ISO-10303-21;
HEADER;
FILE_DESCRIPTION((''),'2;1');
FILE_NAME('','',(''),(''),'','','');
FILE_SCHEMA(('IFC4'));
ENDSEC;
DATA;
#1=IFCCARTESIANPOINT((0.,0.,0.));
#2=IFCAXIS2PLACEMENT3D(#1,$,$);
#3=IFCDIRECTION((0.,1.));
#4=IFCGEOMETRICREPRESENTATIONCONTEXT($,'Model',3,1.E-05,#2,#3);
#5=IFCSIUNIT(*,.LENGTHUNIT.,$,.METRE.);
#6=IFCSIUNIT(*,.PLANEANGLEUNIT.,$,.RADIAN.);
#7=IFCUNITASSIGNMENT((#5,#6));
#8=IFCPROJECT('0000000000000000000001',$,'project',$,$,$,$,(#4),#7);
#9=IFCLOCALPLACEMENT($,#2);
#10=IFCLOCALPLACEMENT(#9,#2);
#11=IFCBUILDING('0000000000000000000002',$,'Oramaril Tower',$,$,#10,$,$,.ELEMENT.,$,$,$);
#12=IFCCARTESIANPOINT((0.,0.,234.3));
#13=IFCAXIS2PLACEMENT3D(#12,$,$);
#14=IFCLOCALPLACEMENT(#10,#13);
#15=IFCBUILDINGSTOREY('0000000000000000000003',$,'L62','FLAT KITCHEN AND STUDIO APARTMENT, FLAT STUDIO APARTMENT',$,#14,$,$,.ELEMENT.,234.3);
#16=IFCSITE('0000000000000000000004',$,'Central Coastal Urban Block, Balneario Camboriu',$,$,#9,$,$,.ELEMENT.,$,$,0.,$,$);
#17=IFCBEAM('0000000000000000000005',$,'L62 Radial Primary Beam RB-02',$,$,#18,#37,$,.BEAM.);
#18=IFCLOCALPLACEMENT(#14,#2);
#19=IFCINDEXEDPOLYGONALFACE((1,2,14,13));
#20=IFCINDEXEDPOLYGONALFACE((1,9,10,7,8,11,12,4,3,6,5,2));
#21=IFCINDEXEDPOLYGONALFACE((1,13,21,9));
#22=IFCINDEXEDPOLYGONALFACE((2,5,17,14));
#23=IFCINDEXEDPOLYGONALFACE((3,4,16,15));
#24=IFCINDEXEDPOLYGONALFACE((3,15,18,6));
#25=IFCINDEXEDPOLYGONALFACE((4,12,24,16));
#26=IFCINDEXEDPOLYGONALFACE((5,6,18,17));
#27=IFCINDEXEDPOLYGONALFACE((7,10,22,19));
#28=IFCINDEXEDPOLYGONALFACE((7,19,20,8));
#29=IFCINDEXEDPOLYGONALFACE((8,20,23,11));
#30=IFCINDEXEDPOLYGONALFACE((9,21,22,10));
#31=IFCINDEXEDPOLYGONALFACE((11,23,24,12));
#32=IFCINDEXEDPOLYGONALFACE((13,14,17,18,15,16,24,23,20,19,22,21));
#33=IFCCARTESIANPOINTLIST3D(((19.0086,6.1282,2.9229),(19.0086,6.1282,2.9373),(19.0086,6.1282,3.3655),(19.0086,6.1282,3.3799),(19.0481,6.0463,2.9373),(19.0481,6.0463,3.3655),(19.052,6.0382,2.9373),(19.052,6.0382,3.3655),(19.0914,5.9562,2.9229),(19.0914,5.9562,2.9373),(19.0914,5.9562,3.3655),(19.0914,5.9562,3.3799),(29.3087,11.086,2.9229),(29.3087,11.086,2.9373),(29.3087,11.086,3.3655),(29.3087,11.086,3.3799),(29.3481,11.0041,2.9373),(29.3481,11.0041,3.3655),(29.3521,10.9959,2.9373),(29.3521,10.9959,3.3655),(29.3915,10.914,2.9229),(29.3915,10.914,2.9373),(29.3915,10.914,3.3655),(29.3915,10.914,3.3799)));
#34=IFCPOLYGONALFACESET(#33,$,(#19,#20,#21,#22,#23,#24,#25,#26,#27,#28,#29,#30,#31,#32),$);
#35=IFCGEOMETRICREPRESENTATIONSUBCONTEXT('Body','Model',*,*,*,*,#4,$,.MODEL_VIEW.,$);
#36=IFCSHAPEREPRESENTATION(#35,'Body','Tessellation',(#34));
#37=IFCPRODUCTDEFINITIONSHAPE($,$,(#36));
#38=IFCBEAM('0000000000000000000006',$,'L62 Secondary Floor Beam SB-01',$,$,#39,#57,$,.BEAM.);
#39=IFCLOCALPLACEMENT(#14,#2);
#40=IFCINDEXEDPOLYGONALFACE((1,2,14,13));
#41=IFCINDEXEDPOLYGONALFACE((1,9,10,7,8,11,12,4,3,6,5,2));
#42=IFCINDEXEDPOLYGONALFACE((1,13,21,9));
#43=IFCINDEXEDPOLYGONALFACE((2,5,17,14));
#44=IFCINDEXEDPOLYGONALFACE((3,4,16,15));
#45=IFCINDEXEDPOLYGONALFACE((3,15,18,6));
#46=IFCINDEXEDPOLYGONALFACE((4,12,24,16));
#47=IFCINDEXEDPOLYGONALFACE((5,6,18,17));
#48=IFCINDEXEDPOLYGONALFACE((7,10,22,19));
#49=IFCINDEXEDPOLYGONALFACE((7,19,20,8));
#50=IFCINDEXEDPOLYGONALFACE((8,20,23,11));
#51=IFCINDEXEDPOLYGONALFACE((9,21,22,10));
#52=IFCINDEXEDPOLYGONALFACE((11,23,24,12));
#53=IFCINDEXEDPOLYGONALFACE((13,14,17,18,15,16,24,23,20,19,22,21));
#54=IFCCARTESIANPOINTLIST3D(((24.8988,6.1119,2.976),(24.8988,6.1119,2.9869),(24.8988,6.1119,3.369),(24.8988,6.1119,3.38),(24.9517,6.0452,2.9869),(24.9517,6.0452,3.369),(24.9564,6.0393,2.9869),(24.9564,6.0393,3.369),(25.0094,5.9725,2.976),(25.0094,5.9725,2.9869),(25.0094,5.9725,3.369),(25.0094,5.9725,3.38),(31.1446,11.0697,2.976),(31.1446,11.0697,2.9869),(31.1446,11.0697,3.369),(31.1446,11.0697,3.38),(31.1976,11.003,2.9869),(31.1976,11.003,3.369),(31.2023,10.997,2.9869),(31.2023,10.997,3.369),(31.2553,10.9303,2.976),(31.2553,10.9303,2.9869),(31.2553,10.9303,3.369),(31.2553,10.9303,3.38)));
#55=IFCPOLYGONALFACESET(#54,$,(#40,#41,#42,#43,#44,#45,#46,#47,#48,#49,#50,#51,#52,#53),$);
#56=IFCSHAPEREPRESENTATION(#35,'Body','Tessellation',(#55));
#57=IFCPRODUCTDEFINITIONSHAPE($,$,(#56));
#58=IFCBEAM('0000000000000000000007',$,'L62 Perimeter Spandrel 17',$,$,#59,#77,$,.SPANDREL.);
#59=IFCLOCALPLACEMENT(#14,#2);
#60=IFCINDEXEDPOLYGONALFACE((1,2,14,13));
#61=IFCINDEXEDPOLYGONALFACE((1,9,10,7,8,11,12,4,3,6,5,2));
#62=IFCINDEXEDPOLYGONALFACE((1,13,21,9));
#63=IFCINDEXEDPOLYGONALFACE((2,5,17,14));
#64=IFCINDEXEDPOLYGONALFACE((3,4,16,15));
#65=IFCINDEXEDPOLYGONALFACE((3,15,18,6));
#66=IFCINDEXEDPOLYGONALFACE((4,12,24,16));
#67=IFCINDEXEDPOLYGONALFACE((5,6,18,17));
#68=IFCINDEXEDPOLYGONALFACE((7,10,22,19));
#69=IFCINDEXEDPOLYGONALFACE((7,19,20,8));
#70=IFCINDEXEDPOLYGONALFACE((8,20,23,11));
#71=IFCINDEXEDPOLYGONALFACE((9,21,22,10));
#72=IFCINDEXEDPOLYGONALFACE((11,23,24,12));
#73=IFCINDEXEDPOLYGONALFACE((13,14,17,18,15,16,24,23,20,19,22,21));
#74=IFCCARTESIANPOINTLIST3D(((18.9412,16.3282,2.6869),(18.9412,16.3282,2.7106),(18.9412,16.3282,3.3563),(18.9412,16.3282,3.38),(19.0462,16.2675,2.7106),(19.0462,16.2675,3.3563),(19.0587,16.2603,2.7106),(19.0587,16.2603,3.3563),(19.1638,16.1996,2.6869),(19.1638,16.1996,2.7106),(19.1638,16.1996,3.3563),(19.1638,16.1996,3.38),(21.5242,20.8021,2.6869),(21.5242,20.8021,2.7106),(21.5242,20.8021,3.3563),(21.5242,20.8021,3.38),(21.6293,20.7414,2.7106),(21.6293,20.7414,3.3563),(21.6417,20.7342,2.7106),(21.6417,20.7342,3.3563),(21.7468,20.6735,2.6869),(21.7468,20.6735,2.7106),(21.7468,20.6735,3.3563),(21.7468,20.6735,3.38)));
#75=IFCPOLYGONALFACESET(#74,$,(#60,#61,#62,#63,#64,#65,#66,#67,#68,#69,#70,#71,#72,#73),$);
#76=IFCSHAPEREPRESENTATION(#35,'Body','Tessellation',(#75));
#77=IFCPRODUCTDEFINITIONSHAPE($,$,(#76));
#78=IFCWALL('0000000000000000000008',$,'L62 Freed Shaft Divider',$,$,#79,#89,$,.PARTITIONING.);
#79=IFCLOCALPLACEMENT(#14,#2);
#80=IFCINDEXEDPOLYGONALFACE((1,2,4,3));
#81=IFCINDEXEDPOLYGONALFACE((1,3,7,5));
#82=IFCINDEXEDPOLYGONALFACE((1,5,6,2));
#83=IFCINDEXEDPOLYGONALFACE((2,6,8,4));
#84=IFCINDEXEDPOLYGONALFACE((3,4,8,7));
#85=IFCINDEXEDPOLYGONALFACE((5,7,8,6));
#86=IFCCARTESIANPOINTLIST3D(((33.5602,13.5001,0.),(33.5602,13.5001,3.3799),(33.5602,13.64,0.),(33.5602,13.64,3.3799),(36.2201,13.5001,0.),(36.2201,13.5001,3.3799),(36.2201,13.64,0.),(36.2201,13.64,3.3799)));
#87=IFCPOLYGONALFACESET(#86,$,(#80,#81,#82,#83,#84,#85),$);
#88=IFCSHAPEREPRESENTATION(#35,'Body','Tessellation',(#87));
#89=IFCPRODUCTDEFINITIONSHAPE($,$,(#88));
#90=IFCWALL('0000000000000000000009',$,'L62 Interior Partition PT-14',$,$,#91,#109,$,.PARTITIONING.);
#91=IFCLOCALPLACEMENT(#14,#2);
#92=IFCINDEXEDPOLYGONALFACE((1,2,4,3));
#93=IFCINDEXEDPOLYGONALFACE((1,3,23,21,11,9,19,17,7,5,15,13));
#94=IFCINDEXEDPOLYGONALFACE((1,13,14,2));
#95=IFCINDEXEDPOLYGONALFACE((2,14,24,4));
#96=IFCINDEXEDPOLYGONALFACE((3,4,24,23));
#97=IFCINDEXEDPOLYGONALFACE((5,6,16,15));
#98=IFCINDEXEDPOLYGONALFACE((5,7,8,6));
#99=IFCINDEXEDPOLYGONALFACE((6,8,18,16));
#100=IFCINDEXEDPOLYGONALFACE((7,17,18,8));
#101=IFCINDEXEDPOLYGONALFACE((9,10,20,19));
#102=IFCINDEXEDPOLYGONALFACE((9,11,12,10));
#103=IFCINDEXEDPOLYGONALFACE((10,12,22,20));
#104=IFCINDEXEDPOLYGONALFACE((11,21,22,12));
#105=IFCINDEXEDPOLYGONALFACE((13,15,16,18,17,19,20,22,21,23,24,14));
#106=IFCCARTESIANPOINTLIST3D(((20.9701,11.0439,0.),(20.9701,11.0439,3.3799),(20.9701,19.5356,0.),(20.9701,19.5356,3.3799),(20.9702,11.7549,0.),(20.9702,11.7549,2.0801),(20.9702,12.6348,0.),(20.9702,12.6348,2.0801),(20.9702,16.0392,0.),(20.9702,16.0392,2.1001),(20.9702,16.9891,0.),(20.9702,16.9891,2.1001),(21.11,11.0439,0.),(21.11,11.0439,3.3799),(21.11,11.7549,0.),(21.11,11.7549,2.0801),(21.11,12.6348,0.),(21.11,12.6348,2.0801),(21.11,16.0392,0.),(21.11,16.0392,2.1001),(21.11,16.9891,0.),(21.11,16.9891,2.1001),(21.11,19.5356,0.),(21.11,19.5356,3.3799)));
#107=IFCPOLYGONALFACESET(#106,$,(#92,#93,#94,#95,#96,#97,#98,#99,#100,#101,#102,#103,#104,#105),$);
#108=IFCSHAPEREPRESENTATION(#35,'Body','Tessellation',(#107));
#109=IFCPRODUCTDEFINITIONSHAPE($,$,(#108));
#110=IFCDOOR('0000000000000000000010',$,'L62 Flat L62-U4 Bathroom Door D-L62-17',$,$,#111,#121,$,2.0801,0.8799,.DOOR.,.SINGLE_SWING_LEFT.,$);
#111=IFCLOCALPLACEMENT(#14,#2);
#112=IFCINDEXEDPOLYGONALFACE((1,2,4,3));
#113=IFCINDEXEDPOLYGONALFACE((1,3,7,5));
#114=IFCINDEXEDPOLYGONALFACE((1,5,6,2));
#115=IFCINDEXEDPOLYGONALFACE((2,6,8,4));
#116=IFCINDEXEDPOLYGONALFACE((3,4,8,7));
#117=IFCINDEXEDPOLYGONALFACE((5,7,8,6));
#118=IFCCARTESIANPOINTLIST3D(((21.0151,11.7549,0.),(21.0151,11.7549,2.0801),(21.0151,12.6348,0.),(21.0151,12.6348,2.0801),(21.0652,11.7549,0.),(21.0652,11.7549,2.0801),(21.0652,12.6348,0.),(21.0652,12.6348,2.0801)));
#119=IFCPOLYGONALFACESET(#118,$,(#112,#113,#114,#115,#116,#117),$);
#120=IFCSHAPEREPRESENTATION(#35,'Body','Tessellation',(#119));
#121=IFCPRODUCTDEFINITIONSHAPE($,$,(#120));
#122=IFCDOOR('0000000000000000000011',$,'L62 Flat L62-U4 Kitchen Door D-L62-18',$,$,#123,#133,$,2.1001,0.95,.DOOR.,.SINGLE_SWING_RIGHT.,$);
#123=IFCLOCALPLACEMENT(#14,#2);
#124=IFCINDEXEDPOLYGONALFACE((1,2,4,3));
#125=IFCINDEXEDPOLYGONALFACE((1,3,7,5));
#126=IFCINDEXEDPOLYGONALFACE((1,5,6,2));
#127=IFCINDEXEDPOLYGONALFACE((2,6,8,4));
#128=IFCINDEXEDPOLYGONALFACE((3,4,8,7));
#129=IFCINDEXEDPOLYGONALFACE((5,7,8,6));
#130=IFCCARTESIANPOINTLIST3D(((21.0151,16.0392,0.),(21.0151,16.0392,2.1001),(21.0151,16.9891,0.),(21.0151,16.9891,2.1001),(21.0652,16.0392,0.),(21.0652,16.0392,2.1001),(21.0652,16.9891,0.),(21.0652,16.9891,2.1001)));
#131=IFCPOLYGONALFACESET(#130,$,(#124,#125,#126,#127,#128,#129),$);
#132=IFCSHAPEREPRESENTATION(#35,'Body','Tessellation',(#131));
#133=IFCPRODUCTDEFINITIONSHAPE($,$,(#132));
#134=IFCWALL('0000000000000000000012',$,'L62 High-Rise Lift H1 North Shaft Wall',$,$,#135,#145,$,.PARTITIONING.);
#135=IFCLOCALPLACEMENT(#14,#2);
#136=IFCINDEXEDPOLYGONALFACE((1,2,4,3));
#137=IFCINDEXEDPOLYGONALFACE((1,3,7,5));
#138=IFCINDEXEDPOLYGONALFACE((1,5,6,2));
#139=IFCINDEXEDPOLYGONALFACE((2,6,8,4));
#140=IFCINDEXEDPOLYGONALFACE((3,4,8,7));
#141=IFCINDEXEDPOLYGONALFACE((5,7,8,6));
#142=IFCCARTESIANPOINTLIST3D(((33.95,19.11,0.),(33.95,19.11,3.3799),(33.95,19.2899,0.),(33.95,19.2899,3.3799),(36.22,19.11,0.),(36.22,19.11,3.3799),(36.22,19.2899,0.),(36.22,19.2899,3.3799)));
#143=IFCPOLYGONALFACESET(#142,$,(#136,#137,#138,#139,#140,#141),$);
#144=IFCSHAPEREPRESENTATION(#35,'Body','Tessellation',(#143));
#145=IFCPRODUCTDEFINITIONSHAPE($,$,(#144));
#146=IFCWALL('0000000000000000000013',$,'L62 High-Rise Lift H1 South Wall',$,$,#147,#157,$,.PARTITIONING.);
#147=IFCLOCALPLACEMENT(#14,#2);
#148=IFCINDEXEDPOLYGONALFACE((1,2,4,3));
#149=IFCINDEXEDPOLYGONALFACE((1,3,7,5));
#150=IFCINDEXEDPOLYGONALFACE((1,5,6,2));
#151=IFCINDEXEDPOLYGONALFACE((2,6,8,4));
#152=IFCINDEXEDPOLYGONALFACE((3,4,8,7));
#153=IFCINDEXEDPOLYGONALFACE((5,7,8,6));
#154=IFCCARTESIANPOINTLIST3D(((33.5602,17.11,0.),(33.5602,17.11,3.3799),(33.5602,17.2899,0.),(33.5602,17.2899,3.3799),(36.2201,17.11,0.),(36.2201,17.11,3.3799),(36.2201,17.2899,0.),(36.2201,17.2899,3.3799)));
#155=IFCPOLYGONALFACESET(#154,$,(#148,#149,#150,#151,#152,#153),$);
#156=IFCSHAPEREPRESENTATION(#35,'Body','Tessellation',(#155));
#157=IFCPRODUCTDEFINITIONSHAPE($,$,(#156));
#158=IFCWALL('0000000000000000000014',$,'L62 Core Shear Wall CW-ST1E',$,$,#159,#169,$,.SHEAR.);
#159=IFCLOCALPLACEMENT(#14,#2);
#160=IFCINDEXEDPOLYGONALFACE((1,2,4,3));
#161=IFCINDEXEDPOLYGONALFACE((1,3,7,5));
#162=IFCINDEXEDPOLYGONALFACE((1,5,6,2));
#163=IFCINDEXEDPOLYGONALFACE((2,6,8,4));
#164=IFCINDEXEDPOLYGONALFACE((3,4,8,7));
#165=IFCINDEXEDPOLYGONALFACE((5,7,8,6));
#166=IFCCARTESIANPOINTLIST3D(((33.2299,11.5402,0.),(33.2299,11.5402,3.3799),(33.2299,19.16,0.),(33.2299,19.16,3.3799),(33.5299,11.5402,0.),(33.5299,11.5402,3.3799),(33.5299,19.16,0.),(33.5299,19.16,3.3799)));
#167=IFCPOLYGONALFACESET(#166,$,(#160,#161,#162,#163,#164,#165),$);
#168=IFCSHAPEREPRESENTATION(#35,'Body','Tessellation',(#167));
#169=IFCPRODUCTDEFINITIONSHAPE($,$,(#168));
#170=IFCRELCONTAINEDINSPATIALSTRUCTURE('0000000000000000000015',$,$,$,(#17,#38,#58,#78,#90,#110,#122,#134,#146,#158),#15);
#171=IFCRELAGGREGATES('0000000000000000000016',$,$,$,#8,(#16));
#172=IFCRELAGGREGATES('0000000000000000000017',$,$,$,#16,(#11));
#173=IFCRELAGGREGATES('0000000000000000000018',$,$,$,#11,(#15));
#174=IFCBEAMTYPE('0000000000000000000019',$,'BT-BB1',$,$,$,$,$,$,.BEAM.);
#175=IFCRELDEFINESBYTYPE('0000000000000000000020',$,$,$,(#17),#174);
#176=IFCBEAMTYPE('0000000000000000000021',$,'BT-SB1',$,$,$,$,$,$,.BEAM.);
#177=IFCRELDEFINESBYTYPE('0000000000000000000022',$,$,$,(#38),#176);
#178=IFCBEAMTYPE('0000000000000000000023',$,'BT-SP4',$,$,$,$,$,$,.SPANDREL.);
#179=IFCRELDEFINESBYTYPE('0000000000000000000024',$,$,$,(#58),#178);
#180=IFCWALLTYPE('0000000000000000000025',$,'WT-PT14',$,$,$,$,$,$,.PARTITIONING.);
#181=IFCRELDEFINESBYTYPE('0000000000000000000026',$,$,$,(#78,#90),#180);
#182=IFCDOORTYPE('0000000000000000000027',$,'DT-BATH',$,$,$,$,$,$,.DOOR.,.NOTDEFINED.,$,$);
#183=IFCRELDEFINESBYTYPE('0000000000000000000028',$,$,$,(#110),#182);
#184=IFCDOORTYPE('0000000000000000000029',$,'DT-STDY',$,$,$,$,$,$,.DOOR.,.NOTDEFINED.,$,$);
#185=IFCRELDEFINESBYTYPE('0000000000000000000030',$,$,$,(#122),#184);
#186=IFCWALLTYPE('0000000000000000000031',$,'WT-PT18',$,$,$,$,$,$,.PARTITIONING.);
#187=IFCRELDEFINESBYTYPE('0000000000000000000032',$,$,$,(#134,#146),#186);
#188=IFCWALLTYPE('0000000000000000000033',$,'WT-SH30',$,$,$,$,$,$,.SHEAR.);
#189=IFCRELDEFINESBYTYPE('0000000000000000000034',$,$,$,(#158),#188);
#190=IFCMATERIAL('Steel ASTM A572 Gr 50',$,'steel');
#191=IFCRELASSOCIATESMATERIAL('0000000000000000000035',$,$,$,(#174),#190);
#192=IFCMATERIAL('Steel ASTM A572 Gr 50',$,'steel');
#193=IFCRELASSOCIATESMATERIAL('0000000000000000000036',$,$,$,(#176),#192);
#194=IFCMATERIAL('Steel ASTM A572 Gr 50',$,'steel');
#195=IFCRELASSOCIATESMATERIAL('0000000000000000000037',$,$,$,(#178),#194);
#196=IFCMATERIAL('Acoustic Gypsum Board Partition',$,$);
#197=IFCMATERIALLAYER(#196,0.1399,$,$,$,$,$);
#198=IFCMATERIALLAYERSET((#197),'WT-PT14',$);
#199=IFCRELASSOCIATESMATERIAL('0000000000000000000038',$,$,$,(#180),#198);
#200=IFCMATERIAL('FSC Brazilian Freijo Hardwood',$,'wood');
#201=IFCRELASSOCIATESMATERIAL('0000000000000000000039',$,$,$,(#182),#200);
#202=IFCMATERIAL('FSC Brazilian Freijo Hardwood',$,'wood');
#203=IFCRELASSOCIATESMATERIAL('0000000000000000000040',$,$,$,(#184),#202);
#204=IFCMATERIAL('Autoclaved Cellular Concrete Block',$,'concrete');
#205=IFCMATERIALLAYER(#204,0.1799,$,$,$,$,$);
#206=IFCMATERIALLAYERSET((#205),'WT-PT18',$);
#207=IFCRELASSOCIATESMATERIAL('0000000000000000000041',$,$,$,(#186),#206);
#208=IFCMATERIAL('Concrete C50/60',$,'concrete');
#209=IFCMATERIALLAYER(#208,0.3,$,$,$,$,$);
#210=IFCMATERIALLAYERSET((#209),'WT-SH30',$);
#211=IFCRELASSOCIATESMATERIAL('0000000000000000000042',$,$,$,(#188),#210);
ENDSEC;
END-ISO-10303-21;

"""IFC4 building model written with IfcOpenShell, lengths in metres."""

from ifc_helpers import new_model, si_unit, direction, frame, frame_2d, origin, origin_2d, place, context, subcontext, project, spatial, rectangle, i_section, extrude, material, layer, layer_set, material_profile, profile_set, type_object, element, fill, save


model = new_model("IFC4")

# Units and contexts
model_context = context("Model", 3, precision=1e-05, world=origin(), true_north=direction((0.0, 1.0)))
body_context = subcontext(model_context, "Body", "Model", "MODEL_VIEW")
ifc_project = project(units=[si_unit("LENGTHUNIT", "METRE"), si_unit("PLANEANGLEUNIT", "RADIAN")], contexts=[model_context])

# Site, building, storey
site_placement = place(None, origin())
site = spatial("IfcSite", under=ifc_project, at=site_placement, Name="Central Coastal Urban Block, Balneario Camboriu", CompositionType="ELEMENT", RefElevation=0.0)
building_placement = place(site_placement, origin())
building = spatial("IfcBuilding", under=site, at=building_placement, Name="Oramaril Tower", CompositionType="ELEMENT")
storey_placement = place(building_placement, frame((0.0, 0.0, 234.3)))
storey = spatial("IfcBuildingStorey", under=building, at=storey_placement, Name="L62", Description="FLAT KITCHEN AND STUDIO APARTMENT, FLAT STUDIO APARTMENT", CompositionType="ELEMENT", Elevation=234.3)

# Beams
ifc_material_1 = material(Name="Steel ASTM A572 Gr 50", Category="steel")
ifc_material_profile_1 = material_profile(ifc_material_1, i_section(OverallWidth=0.1909, OverallDepth=0.457, WebThickness=0.009, FlangeThickness=0.0144, at=origin_2d()), Name="W18X50")
ifc_profile_set_1 = profile_set([ifc_material_profile_1], Name="Steel ASTM A572 Gr 50")
beam_type_1 = type_object("IfcBeamType", Name="BT-BB1", PredefinedType="BEAM", material=ifc_profile_set_1)
beam_1_placement = place(storey_placement, frame((29.3501, 11.0, 3.1514), z_axis=(-0.901054, -0.433708, 0.0), x_axis=(0.433708, -0.901054, 0.0)))
element("IfcBeam", 1, at=beam_1_placement, inside=storey, type_object=beam_type_1, Name="L62 Radial Primary Beam RB-02", PredefinedType="BEAM", context=body_context, shape_type="SweptSolid", body=[
    extrude(i_section(OverallWidth=0.1909, OverallDepth=0.457, WebThickness=0.009, FlangeThickness=0.0144, at=origin_2d()), origin(), (0.0, 0.0, 1.0), 11.4312),
])
ifc_material_2 = material(Name="Steel ASTM A572 Gr 50", Category="steel")
ifc_material_profile_2 = material_profile(ifc_material_2, i_section(OverallWidth=0.178, OverallDepth=0.4041, WebThickness=0.0076, FlangeThickness=0.011, at=origin_2d()), Name="W16X36")
ifc_profile_set_2 = profile_set([ifc_material_profile_2], Name="Steel ASTM A572 Gr 50")
beam_type_2 = type_object("IfcBeamType", Name="BT-SB1", PredefinedType="BEAM", material=ifc_profile_set_2)
beam_2_placement = place(storey_placement, frame((31.2, 11.0, 3.178), z_axis=(-0.783244, -0.621715, 0.0), x_axis=(0.621715, -0.783244, 0.0)))
element("IfcBeam", 2, at=beam_2_placement, inside=storey, type_object=beam_type_2, Name="L62 Secondary Floor Beam SB-01", PredefinedType="BEAM", context=body_context, shape_type="SweptSolid", body=[
    extrude(i_section(OverallWidth=0.178, OverallDepth=0.4041, WebThickness=0.0076, FlangeThickness=0.011, at=origin_2d()), origin(), (0.0, 0.0, 1.0), 7.9744),
])
ifc_material_3 = material(Name="Steel ASTM A572 Gr 50", Category="steel")
ifc_material_profile_3 = material_profile(ifc_material_3, i_section(OverallWidth=0.2571, OverallDepth=0.6931, WebThickness=0.0144, FlangeThickness=0.0237, at=origin_2d()), Name="W27X114")
ifc_profile_set_3 = profile_set([ifc_material_profile_3], Name="Steel ASTM A572 Gr 50")
beam_type_3 = type_object("IfcBeamType", Name="BT-SP4", PredefinedType="SPANDREL", material=ifc_profile_set_3)
beam_3_placement = place(storey_placement, frame((21.6355, 20.7378, 3.0334), z_axis=(-0.500002, -0.866024, 0.0), x_axis=(0.866024, -0.500002, 0.0)))
element("IfcBeam", 3, at=beam_3_placement, inside=storey, type_object=beam_type_3, Name="L62 Perimeter Spandrel 17", PredefinedType="SPANDREL", context=body_context, shape_type="SweptSolid", body=[
    extrude(i_section(OverallWidth=0.2571, OverallDepth=0.6931, WebThickness=0.0144, FlangeThickness=0.0237, at=origin_2d()), origin(), (0.0, 0.0, 1.0), 5.166),
])

# Wall
ifc_material_4 = material(Name="Acoustic Gypsum Board Partition")
ifc_layer_1 = layer(ifc_material_4, 0.1399)
ifc_layer_set_1 = layer_set([ifc_layer_1], Name="WT-PT14")
wall_type_1 = type_object("IfcWallType", Name="WT-PT14", PredefinedType="PARTITIONING", material=ifc_layer_set_1)
wall_1_placement = place(storey_placement, frame((33.5601, 13.5701, 0.0), z_axis=(0.0, 0.0, 1.0), x_axis=(1.0, 0.0, 0.0)))
element("IfcWall", 4, at=wall_1_placement, inside=storey, type_object=wall_type_1, Name="L62 Freed Shaft Divider", PredefinedType="PARTITIONING", context=body_context, shape_type="SweptSolid", body=[
    extrude(rectangle(XDim=2.6599, YDim=0.1399, at=frame_2d((1.3301, 0.0))), origin(), (0.0, 0.0, 1.0), 3.3799),
])

# Wall, openings, doors
wall_2_placement = place(storey_placement, frame((21.04, 11.0439, 0.0), z_axis=(0.0, 0.0, 1.0), x_axis=(0.0, 1.0, 0.0)))
wall_2 = element("IfcWall", 5, at=wall_2_placement, inside=storey, type_object=wall_type_1, Name="L62 Interior Partition PT-14", PredefinedType="PARTITIONING", context=body_context, shape_type="SweptSolid", body=[
    extrude(rectangle(XDim=8.4917, YDim=0.1399, at=frame_2d((4.2458, 0.0))), origin(), (0.0, 0.0, 1.0), 3.3799),
])
opening_1_placement = place(wall_2_placement, frame((0.7109, 0.0, 0.0)))
opening_1 = element("IfcOpeningElement", 6, at=opening_1_placement, cuts=wall_2, PredefinedType="OPENING", context=body_context, shape_type="SweptSolid", body=[
    extrude(rectangle(XDim=0.8799, YDim=2.0801, at=frame_2d((0.4399, 1.04))), frame((0.0, 0.0698, 0.0), z_axis=(0.0, -1.0, 0.0), x_axis=(1.0, 0.0, 0.0)), (0.0, 0.0, 1.0), 0.1399),
])
opening_2_placement = place(wall_2_placement, frame((4.9951, 0.0, 0.0)))
opening_2 = element("IfcOpeningElement", 7, at=opening_2_placement, cuts=wall_2, PredefinedType="OPENING", context=body_context, shape_type="SweptSolid", body=[
    extrude(rectangle(XDim=0.95, YDim=2.1001, at=frame_2d((0.4751, 1.05))), frame((0.0, 0.0698, 0.0), z_axis=(0.0, -1.0, 0.0), x_axis=(1.0, 0.0, 0.0)), (0.0, 0.0, 1.0), 0.1399),
])
ifc_material_5 = material(Name="FSC Brazilian Freijo Hardwood", Category="wood")
door_type_1 = type_object("IfcDoorType", Name="DT-BATH", OperationType="NOTDEFINED", PredefinedType="DOOR", material=ifc_material_5)
door_1_placement = place(opening_1_placement, origin())
door_1 = element("IfcDoor", 8, at=door_1_placement, inside=storey, type_object=door_type_1, Name="L62 Flat L62-U4 Bathroom Door D-L62-17", OperationType="SINGLE_SWING_LEFT", OverallHeight=2.0801, OverallWidth=0.8799, PredefinedType="DOOR", context=body_context, shape_type="SweptSolid", body=[
    extrude(rectangle(XDim=0.8799, YDim=2.0801, at=frame_2d((0.4399, 1.04))), frame((0.0, 0.0249, 0.0), z_axis=(0.0, -1.0, 0.0), x_axis=(1.0, 0.0, 0.0)), (0.0, 0.0, 1.0), 0.05),
])
fill(opening_1, door_1)
ifc_material_6 = material(Name="FSC Brazilian Freijo Hardwood", Category="wood")
door_type_2 = type_object("IfcDoorType", Name="DT-STDY", OperationType="NOTDEFINED", PredefinedType="DOOR", material=ifc_material_6)
door_2_placement = place(opening_2_placement, origin())
door_2 = element("IfcDoor", 9, at=door_2_placement, inside=storey, type_object=door_type_2, Name="L62 Flat L62-U4 Kitchen Door D-L62-18", OperationType="SINGLE_SWING_RIGHT", OverallHeight=2.1001, OverallWidth=0.95, PredefinedType="DOOR", context=body_context, shape_type="SweptSolid", body=[
    extrude(rectangle(XDim=0.95, YDim=2.1001, at=frame_2d((0.4751, 1.05))), frame((0.0, 0.0249, 0.0), z_axis=(0.0, -1.0, 0.0), x_axis=(1.0, 0.0, 0.0)), (0.0, 0.0, 1.0), 0.05),
])
fill(opening_2, door_2)

# Walls
ifc_material_7 = material(Name="Autoclaved Cellular Concrete Block", Category="concrete")
ifc_layer_2 = layer(ifc_material_7, 0.1799)
ifc_layer_set_2 = layer_set([ifc_layer_2], Name="WT-PT18")
wall_type_2 = type_object("IfcWallType", Name="WT-PT18", PredefinedType="PARTITIONING", material=ifc_layer_set_2)
wall_3_placement = place(storey_placement, frame((33.95, 19.2, 0.0), z_axis=(0.0, 0.0, 1.0), x_axis=(1.0, 0.0, 0.0)))
element("IfcWall", 10, at=wall_3_placement, inside=storey, type_object=wall_type_2, Name="L62 High-Rise Lift H1 North Shaft Wall", PredefinedType="PARTITIONING", context=body_context, shape_type="SweptSolid", body=[
    extrude(rectangle(XDim=2.27, YDim=0.1799, at=frame_2d((1.135, 0.0))), origin(), (0.0, 0.0, 1.0), 3.3799),
])
wall_4_placement = place(storey_placement, frame((33.5601, 17.2, 0.0), z_axis=(0.0, 0.0, 1.0), x_axis=(1.0, 0.0, 0.0)))
element("IfcWall", 11, at=wall_4_placement, inside=storey, type_object=wall_type_2, Name="L62 High-Rise Lift H1 South Wall", PredefinedType="PARTITIONING", context=body_context, shape_type="SweptSolid", body=[
    extrude(rectangle(XDim=2.6599, YDim=0.1799, at=frame_2d((1.3301, 0.0))), origin(), (0.0, 0.0, 1.0), 3.3799),
])

# Shared definitions
ifc_material_8 = material(Name="Concrete C50/60", Category="concrete")
ifc_layer_3 = layer(ifc_material_8, 0.3)
ifc_layer_set_3 = layer_set([ifc_layer_3], Name="WT-SH30")
wall_type_3 = type_object("IfcWallType", Name="WT-SH30", PredefinedType="SHEAR", material=ifc_layer_set_3)

# Wall
wall_5_placement = place(storey_placement, frame((33.3799, 11.54, 0.0), z_axis=(0.0, 0.0, 1.0), x_axis=(0.0, 1.0, 0.0)))
element("IfcWall", 12, at=wall_5_placement, inside=storey, type_object=wall_type_3, Name="L62 Core Shear Wall CW-ST1E", PredefinedType="SHEAR", context=body_context, shape_type="SweptSolid", body=[
    extrude(rectangle(XDim=7.6199, YDim=0.3, at=frame_2d((3.8101, 0.0))), origin(), (0.0, 0.0, 1.0), 3.3799),
])

save(model, "model.ifc")
